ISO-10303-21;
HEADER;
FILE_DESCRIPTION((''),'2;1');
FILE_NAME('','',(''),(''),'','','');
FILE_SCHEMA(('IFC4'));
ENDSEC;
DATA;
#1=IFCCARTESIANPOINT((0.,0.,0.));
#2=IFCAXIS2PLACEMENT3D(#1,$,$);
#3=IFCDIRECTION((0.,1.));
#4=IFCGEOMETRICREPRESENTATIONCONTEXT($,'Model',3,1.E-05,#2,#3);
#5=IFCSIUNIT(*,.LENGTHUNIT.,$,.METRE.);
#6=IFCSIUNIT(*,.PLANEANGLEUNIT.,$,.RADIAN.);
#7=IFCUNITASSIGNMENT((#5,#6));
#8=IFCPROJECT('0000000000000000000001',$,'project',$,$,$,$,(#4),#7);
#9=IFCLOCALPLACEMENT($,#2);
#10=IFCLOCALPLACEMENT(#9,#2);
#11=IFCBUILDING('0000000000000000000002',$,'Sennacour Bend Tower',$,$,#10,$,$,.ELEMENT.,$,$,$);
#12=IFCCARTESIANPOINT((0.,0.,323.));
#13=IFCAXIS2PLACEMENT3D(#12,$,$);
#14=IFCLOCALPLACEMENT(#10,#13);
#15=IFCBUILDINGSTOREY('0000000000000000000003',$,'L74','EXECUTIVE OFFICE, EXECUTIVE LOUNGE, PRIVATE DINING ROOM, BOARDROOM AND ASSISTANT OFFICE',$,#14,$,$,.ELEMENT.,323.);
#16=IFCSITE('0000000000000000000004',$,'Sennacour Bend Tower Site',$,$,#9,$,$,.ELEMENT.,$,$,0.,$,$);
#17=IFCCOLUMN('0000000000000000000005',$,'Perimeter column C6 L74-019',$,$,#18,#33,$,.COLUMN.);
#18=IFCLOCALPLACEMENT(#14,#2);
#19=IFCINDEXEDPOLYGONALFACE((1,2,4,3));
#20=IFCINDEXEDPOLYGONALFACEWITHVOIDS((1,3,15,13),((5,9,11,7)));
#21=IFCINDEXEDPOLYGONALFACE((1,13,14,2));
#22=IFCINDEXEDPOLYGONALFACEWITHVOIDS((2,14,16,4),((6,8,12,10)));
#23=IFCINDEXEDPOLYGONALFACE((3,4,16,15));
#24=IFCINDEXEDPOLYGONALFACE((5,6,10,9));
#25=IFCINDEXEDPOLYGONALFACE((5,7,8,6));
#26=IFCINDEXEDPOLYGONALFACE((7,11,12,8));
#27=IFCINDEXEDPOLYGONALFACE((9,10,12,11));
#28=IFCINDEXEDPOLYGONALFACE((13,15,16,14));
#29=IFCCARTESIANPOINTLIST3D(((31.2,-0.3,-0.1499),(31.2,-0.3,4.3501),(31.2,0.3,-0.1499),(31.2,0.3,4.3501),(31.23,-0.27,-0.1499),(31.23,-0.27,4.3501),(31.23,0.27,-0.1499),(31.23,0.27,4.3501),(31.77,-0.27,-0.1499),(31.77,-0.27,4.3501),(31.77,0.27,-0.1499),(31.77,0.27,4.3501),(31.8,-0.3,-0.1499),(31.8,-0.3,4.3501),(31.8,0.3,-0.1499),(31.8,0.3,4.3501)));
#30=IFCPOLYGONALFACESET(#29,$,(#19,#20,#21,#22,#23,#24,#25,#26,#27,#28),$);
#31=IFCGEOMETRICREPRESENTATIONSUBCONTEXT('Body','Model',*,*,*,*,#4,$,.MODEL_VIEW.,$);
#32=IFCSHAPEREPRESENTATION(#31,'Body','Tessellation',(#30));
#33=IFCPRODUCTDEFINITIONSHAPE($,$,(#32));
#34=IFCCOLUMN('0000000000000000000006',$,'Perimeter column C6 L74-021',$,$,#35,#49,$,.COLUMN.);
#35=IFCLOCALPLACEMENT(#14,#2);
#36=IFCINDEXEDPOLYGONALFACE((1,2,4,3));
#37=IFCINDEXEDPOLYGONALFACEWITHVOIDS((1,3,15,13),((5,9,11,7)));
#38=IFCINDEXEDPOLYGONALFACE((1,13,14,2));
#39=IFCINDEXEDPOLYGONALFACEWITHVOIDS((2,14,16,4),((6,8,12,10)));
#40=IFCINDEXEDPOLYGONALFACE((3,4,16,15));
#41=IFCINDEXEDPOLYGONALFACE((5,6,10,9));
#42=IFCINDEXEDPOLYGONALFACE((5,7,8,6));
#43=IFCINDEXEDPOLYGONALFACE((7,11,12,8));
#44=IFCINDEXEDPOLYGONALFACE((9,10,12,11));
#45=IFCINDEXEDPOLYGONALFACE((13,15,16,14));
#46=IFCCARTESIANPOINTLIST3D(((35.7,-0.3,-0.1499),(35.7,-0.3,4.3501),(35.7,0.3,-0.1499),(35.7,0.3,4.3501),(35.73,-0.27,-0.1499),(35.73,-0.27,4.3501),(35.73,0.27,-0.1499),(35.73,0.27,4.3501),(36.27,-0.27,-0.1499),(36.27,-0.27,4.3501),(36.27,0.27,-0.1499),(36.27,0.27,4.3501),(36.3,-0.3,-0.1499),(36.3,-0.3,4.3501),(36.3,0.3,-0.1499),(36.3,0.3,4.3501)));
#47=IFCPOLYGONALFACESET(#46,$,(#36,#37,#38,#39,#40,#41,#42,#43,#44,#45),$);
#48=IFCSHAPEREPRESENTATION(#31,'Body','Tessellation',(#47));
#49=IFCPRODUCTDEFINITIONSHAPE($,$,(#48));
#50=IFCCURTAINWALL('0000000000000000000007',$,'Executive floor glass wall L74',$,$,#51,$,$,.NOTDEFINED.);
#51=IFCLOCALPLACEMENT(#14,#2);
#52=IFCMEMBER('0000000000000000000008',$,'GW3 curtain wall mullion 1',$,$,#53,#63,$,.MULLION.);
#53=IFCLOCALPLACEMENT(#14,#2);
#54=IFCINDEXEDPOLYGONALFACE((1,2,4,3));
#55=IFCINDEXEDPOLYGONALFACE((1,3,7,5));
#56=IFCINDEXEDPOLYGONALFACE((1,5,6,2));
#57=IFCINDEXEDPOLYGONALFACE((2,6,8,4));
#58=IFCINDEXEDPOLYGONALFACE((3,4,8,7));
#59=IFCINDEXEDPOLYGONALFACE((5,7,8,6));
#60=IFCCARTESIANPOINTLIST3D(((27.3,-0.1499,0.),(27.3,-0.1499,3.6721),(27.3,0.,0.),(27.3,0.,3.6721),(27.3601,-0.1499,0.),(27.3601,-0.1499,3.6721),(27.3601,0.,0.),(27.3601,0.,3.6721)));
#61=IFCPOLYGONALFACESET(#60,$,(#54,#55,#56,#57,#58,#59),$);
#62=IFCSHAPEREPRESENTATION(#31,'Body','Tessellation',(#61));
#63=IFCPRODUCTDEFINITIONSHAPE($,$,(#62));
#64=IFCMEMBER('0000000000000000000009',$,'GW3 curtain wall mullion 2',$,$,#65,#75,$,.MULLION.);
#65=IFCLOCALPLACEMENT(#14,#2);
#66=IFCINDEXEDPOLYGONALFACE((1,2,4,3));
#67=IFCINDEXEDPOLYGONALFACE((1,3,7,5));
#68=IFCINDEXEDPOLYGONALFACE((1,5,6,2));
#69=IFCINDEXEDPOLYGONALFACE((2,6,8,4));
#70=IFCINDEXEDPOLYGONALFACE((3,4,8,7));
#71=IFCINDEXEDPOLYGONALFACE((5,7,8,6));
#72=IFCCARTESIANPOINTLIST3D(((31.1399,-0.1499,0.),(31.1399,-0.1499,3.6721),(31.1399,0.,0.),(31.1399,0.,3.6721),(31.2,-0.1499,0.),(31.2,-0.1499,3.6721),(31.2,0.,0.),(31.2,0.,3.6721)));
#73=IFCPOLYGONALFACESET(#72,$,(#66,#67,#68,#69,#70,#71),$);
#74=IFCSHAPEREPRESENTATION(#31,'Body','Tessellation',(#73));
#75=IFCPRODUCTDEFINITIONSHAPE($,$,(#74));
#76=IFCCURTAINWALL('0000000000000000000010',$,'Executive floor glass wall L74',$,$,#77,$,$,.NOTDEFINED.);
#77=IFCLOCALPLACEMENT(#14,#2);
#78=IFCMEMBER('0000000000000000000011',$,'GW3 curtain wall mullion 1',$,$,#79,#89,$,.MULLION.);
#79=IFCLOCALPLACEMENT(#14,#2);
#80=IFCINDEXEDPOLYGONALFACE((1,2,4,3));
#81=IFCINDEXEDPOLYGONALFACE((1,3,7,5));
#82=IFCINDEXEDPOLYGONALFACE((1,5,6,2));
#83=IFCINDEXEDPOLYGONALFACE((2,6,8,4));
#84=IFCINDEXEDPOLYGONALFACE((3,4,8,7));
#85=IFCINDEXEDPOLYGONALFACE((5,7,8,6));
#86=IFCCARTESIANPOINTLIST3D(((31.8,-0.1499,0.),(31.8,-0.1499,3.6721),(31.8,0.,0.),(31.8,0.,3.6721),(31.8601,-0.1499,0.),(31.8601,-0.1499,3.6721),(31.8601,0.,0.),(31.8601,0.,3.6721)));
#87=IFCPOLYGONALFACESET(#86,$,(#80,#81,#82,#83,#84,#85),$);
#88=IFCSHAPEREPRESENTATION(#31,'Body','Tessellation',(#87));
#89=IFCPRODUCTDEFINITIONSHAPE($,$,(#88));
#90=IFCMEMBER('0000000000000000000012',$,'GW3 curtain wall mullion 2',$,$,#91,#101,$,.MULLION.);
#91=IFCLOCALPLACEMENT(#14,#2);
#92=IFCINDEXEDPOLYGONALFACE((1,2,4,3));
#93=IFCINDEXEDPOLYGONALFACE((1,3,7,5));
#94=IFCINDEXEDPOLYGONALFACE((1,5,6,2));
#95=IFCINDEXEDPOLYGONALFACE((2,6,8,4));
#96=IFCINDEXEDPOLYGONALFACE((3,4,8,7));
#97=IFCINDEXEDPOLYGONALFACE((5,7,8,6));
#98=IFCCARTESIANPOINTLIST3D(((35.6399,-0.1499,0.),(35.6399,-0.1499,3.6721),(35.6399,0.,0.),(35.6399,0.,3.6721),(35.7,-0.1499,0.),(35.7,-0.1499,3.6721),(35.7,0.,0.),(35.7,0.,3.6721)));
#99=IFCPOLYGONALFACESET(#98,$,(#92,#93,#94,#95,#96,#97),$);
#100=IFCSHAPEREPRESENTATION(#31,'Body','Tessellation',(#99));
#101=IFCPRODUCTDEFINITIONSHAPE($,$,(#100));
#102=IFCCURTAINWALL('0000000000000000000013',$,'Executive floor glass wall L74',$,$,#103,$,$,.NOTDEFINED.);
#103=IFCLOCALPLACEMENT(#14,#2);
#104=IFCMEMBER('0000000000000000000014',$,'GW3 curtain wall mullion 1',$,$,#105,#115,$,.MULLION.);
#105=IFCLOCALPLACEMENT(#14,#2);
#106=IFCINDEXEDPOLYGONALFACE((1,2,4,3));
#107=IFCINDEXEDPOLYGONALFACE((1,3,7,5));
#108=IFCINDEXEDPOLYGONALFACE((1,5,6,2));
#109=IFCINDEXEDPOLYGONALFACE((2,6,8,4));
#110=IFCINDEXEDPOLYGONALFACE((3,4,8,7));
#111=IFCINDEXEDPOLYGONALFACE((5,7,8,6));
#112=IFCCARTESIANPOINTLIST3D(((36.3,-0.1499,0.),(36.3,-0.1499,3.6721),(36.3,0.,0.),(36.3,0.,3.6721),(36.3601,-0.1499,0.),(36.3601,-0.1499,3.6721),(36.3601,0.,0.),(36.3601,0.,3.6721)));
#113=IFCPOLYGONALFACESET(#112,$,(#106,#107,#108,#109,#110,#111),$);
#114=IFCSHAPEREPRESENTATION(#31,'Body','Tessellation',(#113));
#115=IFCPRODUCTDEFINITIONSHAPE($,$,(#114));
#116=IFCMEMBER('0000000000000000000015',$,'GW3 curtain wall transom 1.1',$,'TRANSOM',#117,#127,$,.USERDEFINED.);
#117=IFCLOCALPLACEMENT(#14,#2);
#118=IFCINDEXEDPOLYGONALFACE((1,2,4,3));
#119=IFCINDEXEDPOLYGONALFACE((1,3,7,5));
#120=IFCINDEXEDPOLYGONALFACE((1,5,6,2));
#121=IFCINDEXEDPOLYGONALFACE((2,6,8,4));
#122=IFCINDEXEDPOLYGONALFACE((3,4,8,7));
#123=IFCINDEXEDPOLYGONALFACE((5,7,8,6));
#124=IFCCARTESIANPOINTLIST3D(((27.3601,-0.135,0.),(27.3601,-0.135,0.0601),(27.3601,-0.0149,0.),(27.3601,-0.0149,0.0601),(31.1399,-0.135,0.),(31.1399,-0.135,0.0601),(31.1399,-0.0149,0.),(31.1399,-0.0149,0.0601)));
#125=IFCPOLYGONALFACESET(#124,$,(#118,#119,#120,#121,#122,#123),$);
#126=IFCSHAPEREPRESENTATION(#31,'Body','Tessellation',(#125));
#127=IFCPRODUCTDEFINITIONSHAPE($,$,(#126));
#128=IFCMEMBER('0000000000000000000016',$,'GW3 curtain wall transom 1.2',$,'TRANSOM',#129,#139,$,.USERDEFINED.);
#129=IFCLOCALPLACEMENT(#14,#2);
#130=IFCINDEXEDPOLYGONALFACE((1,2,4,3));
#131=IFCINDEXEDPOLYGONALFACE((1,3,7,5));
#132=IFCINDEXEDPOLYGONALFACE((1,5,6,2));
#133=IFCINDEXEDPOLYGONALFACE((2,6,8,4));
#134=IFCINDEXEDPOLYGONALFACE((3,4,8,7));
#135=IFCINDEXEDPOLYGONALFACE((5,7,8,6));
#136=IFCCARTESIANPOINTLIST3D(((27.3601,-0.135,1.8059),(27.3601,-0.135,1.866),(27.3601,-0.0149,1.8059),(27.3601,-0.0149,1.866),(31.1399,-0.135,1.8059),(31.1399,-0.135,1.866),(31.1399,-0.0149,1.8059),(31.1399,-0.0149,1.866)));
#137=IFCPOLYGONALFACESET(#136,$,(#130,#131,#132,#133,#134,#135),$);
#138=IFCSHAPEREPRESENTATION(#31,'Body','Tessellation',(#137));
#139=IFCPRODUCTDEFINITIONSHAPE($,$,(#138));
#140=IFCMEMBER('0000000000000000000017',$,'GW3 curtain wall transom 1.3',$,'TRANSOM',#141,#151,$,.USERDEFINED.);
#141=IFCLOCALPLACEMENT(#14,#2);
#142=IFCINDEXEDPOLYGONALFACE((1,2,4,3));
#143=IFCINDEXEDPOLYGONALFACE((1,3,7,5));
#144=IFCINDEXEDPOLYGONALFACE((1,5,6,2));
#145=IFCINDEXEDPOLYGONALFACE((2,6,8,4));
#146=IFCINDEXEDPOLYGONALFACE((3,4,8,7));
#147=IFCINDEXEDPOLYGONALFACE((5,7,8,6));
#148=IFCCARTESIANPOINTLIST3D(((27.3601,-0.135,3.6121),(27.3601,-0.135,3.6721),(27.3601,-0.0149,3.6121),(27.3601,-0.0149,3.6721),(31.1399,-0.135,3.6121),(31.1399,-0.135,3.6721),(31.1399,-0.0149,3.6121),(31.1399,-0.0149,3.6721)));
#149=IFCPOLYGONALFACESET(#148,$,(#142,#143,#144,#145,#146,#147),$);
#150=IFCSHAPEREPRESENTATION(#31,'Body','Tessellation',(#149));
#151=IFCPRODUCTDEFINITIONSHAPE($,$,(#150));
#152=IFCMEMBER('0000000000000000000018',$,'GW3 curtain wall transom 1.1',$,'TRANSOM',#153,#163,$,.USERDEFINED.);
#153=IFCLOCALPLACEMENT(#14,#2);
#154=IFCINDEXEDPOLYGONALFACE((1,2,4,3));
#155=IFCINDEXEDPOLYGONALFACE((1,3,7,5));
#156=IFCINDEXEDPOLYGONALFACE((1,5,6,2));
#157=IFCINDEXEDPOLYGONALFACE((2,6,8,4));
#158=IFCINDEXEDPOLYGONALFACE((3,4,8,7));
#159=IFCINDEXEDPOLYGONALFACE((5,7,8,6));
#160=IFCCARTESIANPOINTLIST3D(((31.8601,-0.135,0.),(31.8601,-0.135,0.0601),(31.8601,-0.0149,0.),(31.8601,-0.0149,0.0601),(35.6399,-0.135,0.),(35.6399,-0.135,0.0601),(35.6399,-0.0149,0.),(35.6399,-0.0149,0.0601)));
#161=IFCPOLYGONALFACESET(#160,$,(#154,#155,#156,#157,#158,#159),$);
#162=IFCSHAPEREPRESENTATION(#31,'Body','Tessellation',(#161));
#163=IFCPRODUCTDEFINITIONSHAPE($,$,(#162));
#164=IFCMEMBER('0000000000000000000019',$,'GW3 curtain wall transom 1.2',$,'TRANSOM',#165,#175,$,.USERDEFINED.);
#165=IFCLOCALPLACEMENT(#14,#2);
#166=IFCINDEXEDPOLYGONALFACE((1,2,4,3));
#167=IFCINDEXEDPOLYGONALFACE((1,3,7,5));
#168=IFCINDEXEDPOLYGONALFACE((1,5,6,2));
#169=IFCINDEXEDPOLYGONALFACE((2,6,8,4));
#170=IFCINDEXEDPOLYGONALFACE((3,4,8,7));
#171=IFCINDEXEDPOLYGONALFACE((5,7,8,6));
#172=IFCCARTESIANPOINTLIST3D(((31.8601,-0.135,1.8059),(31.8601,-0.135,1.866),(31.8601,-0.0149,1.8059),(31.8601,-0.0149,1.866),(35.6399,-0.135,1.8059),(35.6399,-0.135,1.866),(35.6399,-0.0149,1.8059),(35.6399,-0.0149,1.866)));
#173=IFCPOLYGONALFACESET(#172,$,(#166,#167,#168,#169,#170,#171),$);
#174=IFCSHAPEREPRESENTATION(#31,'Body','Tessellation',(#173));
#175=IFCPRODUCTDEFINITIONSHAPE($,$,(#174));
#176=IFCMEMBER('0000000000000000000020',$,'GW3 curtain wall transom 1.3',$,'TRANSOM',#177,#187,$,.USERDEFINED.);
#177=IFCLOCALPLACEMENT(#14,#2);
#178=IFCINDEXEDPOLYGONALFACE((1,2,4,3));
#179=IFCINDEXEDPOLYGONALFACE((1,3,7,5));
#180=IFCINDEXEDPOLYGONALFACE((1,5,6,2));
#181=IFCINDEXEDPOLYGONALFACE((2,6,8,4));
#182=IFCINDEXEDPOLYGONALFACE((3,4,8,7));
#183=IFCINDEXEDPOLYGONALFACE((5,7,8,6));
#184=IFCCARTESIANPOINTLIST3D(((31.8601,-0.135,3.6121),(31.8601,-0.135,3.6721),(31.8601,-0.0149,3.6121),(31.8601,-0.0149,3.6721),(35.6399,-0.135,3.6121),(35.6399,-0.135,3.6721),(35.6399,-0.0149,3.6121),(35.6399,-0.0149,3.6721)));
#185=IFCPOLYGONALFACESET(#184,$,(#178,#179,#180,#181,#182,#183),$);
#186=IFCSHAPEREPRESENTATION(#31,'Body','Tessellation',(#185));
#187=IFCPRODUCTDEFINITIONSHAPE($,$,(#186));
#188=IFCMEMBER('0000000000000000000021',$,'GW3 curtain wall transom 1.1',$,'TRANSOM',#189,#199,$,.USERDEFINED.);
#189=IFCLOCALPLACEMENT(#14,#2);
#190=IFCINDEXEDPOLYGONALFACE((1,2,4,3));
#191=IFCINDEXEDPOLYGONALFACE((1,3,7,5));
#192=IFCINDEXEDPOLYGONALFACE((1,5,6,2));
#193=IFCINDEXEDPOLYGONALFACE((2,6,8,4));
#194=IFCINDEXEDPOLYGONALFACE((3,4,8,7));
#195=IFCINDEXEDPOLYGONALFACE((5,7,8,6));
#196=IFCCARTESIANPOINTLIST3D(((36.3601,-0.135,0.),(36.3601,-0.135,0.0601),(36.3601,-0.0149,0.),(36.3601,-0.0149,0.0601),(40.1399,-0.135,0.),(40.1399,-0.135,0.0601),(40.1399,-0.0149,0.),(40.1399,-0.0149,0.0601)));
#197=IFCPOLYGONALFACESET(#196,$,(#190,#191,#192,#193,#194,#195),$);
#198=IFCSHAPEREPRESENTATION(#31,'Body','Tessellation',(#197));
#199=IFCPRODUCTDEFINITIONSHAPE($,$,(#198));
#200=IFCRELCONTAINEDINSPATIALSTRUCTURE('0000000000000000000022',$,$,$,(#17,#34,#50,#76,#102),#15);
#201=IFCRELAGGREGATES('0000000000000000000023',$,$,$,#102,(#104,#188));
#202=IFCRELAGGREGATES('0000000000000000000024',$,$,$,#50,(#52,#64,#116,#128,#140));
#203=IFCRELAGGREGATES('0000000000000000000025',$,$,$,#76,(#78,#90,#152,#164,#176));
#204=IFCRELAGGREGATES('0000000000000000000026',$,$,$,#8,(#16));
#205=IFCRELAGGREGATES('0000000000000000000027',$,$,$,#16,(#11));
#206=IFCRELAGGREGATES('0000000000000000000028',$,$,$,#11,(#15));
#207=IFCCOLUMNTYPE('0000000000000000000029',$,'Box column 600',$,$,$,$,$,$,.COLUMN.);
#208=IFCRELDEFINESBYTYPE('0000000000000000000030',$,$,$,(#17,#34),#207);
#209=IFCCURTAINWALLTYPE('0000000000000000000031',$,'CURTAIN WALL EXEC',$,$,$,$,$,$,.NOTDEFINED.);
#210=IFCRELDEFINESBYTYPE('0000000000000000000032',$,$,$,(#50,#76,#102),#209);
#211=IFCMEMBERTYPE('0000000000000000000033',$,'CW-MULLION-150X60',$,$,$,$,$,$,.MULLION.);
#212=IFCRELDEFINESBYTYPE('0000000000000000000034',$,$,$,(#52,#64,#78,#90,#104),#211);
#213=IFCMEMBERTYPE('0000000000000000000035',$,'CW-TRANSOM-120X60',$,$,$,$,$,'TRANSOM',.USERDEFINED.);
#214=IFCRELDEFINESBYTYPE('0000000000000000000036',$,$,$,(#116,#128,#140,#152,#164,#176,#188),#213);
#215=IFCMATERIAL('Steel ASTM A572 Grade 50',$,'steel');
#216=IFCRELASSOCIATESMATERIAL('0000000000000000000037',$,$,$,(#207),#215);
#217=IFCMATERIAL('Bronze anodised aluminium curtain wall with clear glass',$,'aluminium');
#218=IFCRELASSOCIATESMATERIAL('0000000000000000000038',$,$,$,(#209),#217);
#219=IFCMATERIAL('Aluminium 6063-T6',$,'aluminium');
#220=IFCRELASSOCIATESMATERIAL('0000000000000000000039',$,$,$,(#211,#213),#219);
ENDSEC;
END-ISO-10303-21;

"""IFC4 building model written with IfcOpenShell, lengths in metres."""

from ifc_helpers import new_model, si_unit, direction, frame, origin, origin_2d, place, context, subcontext, project, spatial, rectangle, hollow_rectangle, extrude, material, material_profile, profile_set, type_object, element, aggregate, save


model = new_model("IFC4")

# Units and contexts
model_context = context("Model", 3, precision=1e-05, world=origin(), true_north=direction((0.0, 1.0)))
body_context = subcontext(model_context, "Body", "Model", "MODEL_VIEW")
ifc_project = project(units=[si_unit("LENGTHUNIT", "METRE"), si_unit("PLANEANGLEUNIT", "RADIAN")], contexts=[model_context])

# Site, building, storey
site_placement = place(None, origin())
site = spatial("IfcSite", under=ifc_project, at=site_placement, Name="Sennacour Bend Tower Site", CompositionType="ELEMENT", RefElevation=0.0)
building_placement = place(site_placement, origin())
building = spatial("IfcBuilding", under=site, at=building_placement, Name="Sennacour Bend Tower", CompositionType="ELEMENT")
storey_placement = place(building_placement, frame((0.0, 0.0, 323.0)))
storey = spatial("IfcBuildingStorey", under=building, at=storey_placement, Name="L74", Description="EXECUTIVE OFFICE, EXECUTIVE LOUNGE, PRIVATE DINING ROOM, BOARDROOM AND ASSISTANT OFFICE", CompositionType="ELEMENT", Elevation=323.0)

# Columns
ifc_material_1 = material(Name="Steel ASTM A572 Grade 50", Category="steel")
ifc_material_profile_1 = material_profile(ifc_material_1, hollow_rectangle(XDim=0.6001, YDim=0.6001, WallThickness=0.03, at=origin_2d()), Name="Steel ASTM A572 Grade 50", Category="steel")
ifc_profile_set_1 = profile_set([ifc_material_profile_1], Name="Steel ASTM A572 Grade 50")
column_type = type_object("IfcColumnType", Name="Box column 600", PredefinedType="COLUMN", material=ifc_profile_set_1)
for number, where, z_axis, x_axis, name in (
    (1, (31.5, 0.0, -0.1499), (0.0, 0.0, 1.0), (1.0, 0.0, 0.0), "Perimeter column C6 L74-019"),
    (2, (36.0, 0.0, -0.1499), (0.0, 0.0, 1.0), (1.0, 0.0, 0.0), "Perimeter column C6 L74-021"),
):
    element("IfcColumn", number, at=place(storey_placement, frame(where, z_axis=z_axis, x_axis=x_axis)), inside=storey, type_object=column_type, Name=name, PredefinedType="COLUMN", context=body_context, shape_type="SweptSolid", body=[
        extrude(hollow_rectangle(XDim=0.6001, YDim=0.6001, WallThickness=0.03, at=origin_2d()), origin(), (0.0, 0.0, 1.0), 4.5),
    ])

# Curtain walls, members
ifc_material_2 = material(Name="Bronze anodised aluminium curtain wall with clear glass", Category="aluminium")
curtain_wall_type = type_object("IfcCurtainWallType", Name="CURTAIN WALL EXEC", PredefinedType="NOTDEFINED", material=ifc_material_2)
curtain_wall_1_placement = place(storey_placement, origin())
curtain_wall_1 = element("IfcCurtainWall", 3, at=curtain_wall_1_placement, inside=storey, type_object=curtain_wall_type, Name="Executive floor glass wall L74", PredefinedType="NOTDEFINED")
ifc_material_3 = material(Name="Aluminium 6063-T6", Category="aluminium")
ifc_material_profile_2 = material_profile(ifc_material_3, rectangle(XDim=0.1499, YDim=0.0601, at=origin_2d()), Name="Aluminium 6063-T6", Category="aluminium")
ifc_profile_set_2 = profile_set([ifc_material_profile_2], Name="Aluminium 6063-T6")
member_type_1 = type_object("IfcMemberType", Name="CW-MULLION-150X60", PredefinedType="MULLION", material=ifc_profile_set_2)
member_1_placement = place(storey_placement, frame((27.3301, -0.075, 0.0), z_axis=(0.0, 0.0, 1.0), x_axis=(0.0, 1.0, 0.0)))
member_1 = element("IfcMember", 4, at=member_1_placement, type_object=member_type_1, Name="GW3 curtain wall mullion 1", PredefinedType="MULLION", context=body_context, shape_type="SweptSolid", body=[
    extrude(rectangle(XDim=0.1499, YDim=0.0601, at=origin_2d()), origin(), (0.0, 0.0, 1.0), 3.6721),
])
member_2_placement = place(storey_placement, frame((31.1699, -0.075, 0.0), z_axis=(0.0, 0.0, 1.0), x_axis=(0.0, 1.0, 0.0)))
member_2 = element("IfcMember", 5, at=member_2_placement, type_object=member_type_1, Name="GW3 curtain wall mullion 2", PredefinedType="MULLION", context=body_context, shape_type="SweptSolid", body=[
    extrude(rectangle(XDim=0.1499, YDim=0.0601, at=origin_2d()), origin(), (0.0, 0.0, 1.0), 3.6721),
])
curtain_wall_2_placement = place(storey_placement, origin())
curtain_wall_2 = element("IfcCurtainWall", 6, at=curtain_wall_2_placement, inside=storey, type_object=curtain_wall_type, Name="Executive floor glass wall L74", PredefinedType="NOTDEFINED")
member_3_placement = place(storey_placement, frame((31.8301, -0.075, 0.0), z_axis=(0.0, 0.0, 1.0), x_axis=(0.0, 1.0, 0.0)))
member_3 = element("IfcMember", 7, at=member_3_placement, type_object=member_type_1, Name="GW3 curtain wall mullion 1", PredefinedType="MULLION", context=body_context, shape_type="SweptSolid", body=[
    extrude(rectangle(XDim=0.1499, YDim=0.0601, at=origin_2d()), origin(), (0.0, 0.0, 1.0), 3.6721),
])
member_4_placement = place(storey_placement, frame((35.6699, -0.075, 0.0), z_axis=(0.0, 0.0, 1.0), x_axis=(0.0, 1.0, 0.0)))
member_4 = element("IfcMember", 8, at=member_4_placement, type_object=member_type_1, Name="GW3 curtain wall mullion 2", PredefinedType="MULLION", context=body_context, shape_type="SweptSolid", body=[
    extrude(rectangle(XDim=0.1499, YDim=0.0601, at=origin_2d()), origin(), (0.0, 0.0, 1.0), 3.6721),
])

# Curtain wall, member
curtain_wall_3_placement = place(storey_placement, origin())
curtain_wall_3 = element("IfcCurtainWall", 9, at=curtain_wall_3_placement, inside=storey, type_object=curtain_wall_type, Name="Executive floor glass wall L74", PredefinedType="NOTDEFINED")
member_5_placement = place(storey_placement, frame((36.3301, -0.075, 0.0), z_axis=(0.0, 0.0, 1.0), x_axis=(0.0, 1.0, 0.0)))
member_5 = element("IfcMember", 10, at=member_5_placement, type_object=member_type_1, Name="GW3 curtain wall mullion 1", PredefinedType="MULLION", context=body_context, shape_type="SweptSolid", body=[
    extrude(rectangle(XDim=0.1499, YDim=0.0601, at=origin_2d()), origin(), (0.0, 0.0, 1.0), 3.6721),
])

# Members
ifc_material_profile_3 = material_profile(ifc_material_3, rectangle(XDim=0.1201, YDim=0.0601, at=origin_2d()), Name="Aluminium 6063-T6", Category="aluminium")
ifc_profile_set_3 = profile_set([ifc_material_profile_3], Name="Aluminium 6063-T6")
member_type_2 = type_object("IfcMemberType", Name="CW-TRANSOM-120X60", ElementType="TRANSOM", PredefinedType="USERDEFINED", material=ifc_profile_set_3)
member_6_placement = place(storey_placement, frame((27.3601, -0.075, 0.03), z_axis=(1.0, 0.0, 0.0), x_axis=(0.0, 1.0, 0.0)))
member_6 = element("IfcMember", 11, at=member_6_placement, type_object=member_type_2, Name="GW3 curtain wall transom 1.1", ObjectType="TRANSOM", PredefinedType="USERDEFINED", context=body_context, shape_type="SweptSolid", body=[
    extrude(rectangle(XDim=0.1201, YDim=0.0601, at=origin_2d()), origin(), (0.0, 0.0, 1.0), 3.7798),
])
member_7_placement = place(storey_placement, frame((27.3601, -0.075, 1.8359), z_axis=(1.0, 0.0, 0.0), x_axis=(0.0, 1.0, 0.0)))
member_7 = element("IfcMember", 12, at=member_7_placement, type_object=member_type_2, Name="GW3 curtain wall transom 1.2", ObjectType="TRANSOM", PredefinedType="USERDEFINED", context=body_context, shape_type="SweptSolid", body=[
    extrude(rectangle(XDim=0.1201, YDim=0.0601, at=origin_2d()), origin(), (0.0, 0.0, 1.0), 3.7798),
])
member_8_placement = place(storey_placement, frame((27.3601, -0.075, 3.6421), z_axis=(1.0, 0.0, 0.0), x_axis=(0.0, 1.0, 0.0)))
member_8 = element("IfcMember", 13, at=member_8_placement, type_object=member_type_2, Name="GW3 curtain wall transom 1.3", ObjectType="TRANSOM", PredefinedType="USERDEFINED", context=body_context, shape_type="SweptSolid", body=[
    extrude(rectangle(XDim=0.1201, YDim=0.0601, at=origin_2d()), origin(), (0.0, 0.0, 1.0), 3.7798),
])
member_9_placement = place(storey_placement, frame((31.8601, -0.075, 0.03), z_axis=(1.0, 0.0, 0.0), x_axis=(0.0, 1.0, 0.0)))
member_9 = element("IfcMember", 14, at=member_9_placement, type_object=member_type_2, Name="GW3 curtain wall transom 1.1", ObjectType="TRANSOM", PredefinedType="USERDEFINED", context=body_context, shape_type="SweptSolid", body=[
    extrude(rectangle(XDim=0.1201, YDim=0.0601, at=origin_2d()), origin(), (0.0, 0.0, 1.0), 3.7798),
])
member_10_placement = place(storey_placement, frame((31.8601, -0.075, 1.8359), z_axis=(1.0, 0.0, 0.0), x_axis=(0.0, 1.0, 0.0)))
member_10 = element("IfcMember", 15, at=member_10_placement, type_object=member_type_2, Name="GW3 curtain wall transom 1.2", ObjectType="TRANSOM", PredefinedType="USERDEFINED", context=body_context, shape_type="SweptSolid", body=[
    extrude(rectangle(XDim=0.1201, YDim=0.0601, at=origin_2d()), origin(), (0.0, 0.0, 1.0), 3.7798),
])
member_11_placement = place(storey_placement, frame((31.8601, -0.075, 3.6421), z_axis=(1.0, 0.0, 0.0), x_axis=(0.0, 1.0, 0.0)))
member_11 = element("IfcMember", 16, at=member_11_placement, type_object=member_type_2, Name="GW3 curtain wall transom 1.3", ObjectType="TRANSOM", PredefinedType="USERDEFINED", context=body_context, shape_type="SweptSolid", body=[
    extrude(rectangle(XDim=0.1201, YDim=0.0601, at=origin_2d()), origin(), (0.0, 0.0, 1.0), 3.7798),
])
member_12_placement = place(storey_placement, frame((36.3601, -0.075, 0.03), z_axis=(1.0, 0.0, 0.0), x_axis=(0.0, 1.0, 0.0)))
member_12 = element("IfcMember", 17, at=member_12_placement, type_object=member_type_2, Name="GW3 curtain wall transom 1.1", ObjectType="TRANSOM", PredefinedType="USERDEFINED", context=body_context, shape_type="SweptSolid", body=[
    extrude(rectangle(XDim=0.1201, YDim=0.0601, at=origin_2d()), origin(), (0.0, 0.0, 1.0), 3.7798),
])
aggregate(curtain_wall_3, [member_5, member_12])

aggregate(curtain_wall_1, [member_1, member_2, member_6, member_7, member_8])
aggregate(curtain_wall_2, [member_3, member_4, member_9, member_10, member_11])

save(model, "model.ifc")
